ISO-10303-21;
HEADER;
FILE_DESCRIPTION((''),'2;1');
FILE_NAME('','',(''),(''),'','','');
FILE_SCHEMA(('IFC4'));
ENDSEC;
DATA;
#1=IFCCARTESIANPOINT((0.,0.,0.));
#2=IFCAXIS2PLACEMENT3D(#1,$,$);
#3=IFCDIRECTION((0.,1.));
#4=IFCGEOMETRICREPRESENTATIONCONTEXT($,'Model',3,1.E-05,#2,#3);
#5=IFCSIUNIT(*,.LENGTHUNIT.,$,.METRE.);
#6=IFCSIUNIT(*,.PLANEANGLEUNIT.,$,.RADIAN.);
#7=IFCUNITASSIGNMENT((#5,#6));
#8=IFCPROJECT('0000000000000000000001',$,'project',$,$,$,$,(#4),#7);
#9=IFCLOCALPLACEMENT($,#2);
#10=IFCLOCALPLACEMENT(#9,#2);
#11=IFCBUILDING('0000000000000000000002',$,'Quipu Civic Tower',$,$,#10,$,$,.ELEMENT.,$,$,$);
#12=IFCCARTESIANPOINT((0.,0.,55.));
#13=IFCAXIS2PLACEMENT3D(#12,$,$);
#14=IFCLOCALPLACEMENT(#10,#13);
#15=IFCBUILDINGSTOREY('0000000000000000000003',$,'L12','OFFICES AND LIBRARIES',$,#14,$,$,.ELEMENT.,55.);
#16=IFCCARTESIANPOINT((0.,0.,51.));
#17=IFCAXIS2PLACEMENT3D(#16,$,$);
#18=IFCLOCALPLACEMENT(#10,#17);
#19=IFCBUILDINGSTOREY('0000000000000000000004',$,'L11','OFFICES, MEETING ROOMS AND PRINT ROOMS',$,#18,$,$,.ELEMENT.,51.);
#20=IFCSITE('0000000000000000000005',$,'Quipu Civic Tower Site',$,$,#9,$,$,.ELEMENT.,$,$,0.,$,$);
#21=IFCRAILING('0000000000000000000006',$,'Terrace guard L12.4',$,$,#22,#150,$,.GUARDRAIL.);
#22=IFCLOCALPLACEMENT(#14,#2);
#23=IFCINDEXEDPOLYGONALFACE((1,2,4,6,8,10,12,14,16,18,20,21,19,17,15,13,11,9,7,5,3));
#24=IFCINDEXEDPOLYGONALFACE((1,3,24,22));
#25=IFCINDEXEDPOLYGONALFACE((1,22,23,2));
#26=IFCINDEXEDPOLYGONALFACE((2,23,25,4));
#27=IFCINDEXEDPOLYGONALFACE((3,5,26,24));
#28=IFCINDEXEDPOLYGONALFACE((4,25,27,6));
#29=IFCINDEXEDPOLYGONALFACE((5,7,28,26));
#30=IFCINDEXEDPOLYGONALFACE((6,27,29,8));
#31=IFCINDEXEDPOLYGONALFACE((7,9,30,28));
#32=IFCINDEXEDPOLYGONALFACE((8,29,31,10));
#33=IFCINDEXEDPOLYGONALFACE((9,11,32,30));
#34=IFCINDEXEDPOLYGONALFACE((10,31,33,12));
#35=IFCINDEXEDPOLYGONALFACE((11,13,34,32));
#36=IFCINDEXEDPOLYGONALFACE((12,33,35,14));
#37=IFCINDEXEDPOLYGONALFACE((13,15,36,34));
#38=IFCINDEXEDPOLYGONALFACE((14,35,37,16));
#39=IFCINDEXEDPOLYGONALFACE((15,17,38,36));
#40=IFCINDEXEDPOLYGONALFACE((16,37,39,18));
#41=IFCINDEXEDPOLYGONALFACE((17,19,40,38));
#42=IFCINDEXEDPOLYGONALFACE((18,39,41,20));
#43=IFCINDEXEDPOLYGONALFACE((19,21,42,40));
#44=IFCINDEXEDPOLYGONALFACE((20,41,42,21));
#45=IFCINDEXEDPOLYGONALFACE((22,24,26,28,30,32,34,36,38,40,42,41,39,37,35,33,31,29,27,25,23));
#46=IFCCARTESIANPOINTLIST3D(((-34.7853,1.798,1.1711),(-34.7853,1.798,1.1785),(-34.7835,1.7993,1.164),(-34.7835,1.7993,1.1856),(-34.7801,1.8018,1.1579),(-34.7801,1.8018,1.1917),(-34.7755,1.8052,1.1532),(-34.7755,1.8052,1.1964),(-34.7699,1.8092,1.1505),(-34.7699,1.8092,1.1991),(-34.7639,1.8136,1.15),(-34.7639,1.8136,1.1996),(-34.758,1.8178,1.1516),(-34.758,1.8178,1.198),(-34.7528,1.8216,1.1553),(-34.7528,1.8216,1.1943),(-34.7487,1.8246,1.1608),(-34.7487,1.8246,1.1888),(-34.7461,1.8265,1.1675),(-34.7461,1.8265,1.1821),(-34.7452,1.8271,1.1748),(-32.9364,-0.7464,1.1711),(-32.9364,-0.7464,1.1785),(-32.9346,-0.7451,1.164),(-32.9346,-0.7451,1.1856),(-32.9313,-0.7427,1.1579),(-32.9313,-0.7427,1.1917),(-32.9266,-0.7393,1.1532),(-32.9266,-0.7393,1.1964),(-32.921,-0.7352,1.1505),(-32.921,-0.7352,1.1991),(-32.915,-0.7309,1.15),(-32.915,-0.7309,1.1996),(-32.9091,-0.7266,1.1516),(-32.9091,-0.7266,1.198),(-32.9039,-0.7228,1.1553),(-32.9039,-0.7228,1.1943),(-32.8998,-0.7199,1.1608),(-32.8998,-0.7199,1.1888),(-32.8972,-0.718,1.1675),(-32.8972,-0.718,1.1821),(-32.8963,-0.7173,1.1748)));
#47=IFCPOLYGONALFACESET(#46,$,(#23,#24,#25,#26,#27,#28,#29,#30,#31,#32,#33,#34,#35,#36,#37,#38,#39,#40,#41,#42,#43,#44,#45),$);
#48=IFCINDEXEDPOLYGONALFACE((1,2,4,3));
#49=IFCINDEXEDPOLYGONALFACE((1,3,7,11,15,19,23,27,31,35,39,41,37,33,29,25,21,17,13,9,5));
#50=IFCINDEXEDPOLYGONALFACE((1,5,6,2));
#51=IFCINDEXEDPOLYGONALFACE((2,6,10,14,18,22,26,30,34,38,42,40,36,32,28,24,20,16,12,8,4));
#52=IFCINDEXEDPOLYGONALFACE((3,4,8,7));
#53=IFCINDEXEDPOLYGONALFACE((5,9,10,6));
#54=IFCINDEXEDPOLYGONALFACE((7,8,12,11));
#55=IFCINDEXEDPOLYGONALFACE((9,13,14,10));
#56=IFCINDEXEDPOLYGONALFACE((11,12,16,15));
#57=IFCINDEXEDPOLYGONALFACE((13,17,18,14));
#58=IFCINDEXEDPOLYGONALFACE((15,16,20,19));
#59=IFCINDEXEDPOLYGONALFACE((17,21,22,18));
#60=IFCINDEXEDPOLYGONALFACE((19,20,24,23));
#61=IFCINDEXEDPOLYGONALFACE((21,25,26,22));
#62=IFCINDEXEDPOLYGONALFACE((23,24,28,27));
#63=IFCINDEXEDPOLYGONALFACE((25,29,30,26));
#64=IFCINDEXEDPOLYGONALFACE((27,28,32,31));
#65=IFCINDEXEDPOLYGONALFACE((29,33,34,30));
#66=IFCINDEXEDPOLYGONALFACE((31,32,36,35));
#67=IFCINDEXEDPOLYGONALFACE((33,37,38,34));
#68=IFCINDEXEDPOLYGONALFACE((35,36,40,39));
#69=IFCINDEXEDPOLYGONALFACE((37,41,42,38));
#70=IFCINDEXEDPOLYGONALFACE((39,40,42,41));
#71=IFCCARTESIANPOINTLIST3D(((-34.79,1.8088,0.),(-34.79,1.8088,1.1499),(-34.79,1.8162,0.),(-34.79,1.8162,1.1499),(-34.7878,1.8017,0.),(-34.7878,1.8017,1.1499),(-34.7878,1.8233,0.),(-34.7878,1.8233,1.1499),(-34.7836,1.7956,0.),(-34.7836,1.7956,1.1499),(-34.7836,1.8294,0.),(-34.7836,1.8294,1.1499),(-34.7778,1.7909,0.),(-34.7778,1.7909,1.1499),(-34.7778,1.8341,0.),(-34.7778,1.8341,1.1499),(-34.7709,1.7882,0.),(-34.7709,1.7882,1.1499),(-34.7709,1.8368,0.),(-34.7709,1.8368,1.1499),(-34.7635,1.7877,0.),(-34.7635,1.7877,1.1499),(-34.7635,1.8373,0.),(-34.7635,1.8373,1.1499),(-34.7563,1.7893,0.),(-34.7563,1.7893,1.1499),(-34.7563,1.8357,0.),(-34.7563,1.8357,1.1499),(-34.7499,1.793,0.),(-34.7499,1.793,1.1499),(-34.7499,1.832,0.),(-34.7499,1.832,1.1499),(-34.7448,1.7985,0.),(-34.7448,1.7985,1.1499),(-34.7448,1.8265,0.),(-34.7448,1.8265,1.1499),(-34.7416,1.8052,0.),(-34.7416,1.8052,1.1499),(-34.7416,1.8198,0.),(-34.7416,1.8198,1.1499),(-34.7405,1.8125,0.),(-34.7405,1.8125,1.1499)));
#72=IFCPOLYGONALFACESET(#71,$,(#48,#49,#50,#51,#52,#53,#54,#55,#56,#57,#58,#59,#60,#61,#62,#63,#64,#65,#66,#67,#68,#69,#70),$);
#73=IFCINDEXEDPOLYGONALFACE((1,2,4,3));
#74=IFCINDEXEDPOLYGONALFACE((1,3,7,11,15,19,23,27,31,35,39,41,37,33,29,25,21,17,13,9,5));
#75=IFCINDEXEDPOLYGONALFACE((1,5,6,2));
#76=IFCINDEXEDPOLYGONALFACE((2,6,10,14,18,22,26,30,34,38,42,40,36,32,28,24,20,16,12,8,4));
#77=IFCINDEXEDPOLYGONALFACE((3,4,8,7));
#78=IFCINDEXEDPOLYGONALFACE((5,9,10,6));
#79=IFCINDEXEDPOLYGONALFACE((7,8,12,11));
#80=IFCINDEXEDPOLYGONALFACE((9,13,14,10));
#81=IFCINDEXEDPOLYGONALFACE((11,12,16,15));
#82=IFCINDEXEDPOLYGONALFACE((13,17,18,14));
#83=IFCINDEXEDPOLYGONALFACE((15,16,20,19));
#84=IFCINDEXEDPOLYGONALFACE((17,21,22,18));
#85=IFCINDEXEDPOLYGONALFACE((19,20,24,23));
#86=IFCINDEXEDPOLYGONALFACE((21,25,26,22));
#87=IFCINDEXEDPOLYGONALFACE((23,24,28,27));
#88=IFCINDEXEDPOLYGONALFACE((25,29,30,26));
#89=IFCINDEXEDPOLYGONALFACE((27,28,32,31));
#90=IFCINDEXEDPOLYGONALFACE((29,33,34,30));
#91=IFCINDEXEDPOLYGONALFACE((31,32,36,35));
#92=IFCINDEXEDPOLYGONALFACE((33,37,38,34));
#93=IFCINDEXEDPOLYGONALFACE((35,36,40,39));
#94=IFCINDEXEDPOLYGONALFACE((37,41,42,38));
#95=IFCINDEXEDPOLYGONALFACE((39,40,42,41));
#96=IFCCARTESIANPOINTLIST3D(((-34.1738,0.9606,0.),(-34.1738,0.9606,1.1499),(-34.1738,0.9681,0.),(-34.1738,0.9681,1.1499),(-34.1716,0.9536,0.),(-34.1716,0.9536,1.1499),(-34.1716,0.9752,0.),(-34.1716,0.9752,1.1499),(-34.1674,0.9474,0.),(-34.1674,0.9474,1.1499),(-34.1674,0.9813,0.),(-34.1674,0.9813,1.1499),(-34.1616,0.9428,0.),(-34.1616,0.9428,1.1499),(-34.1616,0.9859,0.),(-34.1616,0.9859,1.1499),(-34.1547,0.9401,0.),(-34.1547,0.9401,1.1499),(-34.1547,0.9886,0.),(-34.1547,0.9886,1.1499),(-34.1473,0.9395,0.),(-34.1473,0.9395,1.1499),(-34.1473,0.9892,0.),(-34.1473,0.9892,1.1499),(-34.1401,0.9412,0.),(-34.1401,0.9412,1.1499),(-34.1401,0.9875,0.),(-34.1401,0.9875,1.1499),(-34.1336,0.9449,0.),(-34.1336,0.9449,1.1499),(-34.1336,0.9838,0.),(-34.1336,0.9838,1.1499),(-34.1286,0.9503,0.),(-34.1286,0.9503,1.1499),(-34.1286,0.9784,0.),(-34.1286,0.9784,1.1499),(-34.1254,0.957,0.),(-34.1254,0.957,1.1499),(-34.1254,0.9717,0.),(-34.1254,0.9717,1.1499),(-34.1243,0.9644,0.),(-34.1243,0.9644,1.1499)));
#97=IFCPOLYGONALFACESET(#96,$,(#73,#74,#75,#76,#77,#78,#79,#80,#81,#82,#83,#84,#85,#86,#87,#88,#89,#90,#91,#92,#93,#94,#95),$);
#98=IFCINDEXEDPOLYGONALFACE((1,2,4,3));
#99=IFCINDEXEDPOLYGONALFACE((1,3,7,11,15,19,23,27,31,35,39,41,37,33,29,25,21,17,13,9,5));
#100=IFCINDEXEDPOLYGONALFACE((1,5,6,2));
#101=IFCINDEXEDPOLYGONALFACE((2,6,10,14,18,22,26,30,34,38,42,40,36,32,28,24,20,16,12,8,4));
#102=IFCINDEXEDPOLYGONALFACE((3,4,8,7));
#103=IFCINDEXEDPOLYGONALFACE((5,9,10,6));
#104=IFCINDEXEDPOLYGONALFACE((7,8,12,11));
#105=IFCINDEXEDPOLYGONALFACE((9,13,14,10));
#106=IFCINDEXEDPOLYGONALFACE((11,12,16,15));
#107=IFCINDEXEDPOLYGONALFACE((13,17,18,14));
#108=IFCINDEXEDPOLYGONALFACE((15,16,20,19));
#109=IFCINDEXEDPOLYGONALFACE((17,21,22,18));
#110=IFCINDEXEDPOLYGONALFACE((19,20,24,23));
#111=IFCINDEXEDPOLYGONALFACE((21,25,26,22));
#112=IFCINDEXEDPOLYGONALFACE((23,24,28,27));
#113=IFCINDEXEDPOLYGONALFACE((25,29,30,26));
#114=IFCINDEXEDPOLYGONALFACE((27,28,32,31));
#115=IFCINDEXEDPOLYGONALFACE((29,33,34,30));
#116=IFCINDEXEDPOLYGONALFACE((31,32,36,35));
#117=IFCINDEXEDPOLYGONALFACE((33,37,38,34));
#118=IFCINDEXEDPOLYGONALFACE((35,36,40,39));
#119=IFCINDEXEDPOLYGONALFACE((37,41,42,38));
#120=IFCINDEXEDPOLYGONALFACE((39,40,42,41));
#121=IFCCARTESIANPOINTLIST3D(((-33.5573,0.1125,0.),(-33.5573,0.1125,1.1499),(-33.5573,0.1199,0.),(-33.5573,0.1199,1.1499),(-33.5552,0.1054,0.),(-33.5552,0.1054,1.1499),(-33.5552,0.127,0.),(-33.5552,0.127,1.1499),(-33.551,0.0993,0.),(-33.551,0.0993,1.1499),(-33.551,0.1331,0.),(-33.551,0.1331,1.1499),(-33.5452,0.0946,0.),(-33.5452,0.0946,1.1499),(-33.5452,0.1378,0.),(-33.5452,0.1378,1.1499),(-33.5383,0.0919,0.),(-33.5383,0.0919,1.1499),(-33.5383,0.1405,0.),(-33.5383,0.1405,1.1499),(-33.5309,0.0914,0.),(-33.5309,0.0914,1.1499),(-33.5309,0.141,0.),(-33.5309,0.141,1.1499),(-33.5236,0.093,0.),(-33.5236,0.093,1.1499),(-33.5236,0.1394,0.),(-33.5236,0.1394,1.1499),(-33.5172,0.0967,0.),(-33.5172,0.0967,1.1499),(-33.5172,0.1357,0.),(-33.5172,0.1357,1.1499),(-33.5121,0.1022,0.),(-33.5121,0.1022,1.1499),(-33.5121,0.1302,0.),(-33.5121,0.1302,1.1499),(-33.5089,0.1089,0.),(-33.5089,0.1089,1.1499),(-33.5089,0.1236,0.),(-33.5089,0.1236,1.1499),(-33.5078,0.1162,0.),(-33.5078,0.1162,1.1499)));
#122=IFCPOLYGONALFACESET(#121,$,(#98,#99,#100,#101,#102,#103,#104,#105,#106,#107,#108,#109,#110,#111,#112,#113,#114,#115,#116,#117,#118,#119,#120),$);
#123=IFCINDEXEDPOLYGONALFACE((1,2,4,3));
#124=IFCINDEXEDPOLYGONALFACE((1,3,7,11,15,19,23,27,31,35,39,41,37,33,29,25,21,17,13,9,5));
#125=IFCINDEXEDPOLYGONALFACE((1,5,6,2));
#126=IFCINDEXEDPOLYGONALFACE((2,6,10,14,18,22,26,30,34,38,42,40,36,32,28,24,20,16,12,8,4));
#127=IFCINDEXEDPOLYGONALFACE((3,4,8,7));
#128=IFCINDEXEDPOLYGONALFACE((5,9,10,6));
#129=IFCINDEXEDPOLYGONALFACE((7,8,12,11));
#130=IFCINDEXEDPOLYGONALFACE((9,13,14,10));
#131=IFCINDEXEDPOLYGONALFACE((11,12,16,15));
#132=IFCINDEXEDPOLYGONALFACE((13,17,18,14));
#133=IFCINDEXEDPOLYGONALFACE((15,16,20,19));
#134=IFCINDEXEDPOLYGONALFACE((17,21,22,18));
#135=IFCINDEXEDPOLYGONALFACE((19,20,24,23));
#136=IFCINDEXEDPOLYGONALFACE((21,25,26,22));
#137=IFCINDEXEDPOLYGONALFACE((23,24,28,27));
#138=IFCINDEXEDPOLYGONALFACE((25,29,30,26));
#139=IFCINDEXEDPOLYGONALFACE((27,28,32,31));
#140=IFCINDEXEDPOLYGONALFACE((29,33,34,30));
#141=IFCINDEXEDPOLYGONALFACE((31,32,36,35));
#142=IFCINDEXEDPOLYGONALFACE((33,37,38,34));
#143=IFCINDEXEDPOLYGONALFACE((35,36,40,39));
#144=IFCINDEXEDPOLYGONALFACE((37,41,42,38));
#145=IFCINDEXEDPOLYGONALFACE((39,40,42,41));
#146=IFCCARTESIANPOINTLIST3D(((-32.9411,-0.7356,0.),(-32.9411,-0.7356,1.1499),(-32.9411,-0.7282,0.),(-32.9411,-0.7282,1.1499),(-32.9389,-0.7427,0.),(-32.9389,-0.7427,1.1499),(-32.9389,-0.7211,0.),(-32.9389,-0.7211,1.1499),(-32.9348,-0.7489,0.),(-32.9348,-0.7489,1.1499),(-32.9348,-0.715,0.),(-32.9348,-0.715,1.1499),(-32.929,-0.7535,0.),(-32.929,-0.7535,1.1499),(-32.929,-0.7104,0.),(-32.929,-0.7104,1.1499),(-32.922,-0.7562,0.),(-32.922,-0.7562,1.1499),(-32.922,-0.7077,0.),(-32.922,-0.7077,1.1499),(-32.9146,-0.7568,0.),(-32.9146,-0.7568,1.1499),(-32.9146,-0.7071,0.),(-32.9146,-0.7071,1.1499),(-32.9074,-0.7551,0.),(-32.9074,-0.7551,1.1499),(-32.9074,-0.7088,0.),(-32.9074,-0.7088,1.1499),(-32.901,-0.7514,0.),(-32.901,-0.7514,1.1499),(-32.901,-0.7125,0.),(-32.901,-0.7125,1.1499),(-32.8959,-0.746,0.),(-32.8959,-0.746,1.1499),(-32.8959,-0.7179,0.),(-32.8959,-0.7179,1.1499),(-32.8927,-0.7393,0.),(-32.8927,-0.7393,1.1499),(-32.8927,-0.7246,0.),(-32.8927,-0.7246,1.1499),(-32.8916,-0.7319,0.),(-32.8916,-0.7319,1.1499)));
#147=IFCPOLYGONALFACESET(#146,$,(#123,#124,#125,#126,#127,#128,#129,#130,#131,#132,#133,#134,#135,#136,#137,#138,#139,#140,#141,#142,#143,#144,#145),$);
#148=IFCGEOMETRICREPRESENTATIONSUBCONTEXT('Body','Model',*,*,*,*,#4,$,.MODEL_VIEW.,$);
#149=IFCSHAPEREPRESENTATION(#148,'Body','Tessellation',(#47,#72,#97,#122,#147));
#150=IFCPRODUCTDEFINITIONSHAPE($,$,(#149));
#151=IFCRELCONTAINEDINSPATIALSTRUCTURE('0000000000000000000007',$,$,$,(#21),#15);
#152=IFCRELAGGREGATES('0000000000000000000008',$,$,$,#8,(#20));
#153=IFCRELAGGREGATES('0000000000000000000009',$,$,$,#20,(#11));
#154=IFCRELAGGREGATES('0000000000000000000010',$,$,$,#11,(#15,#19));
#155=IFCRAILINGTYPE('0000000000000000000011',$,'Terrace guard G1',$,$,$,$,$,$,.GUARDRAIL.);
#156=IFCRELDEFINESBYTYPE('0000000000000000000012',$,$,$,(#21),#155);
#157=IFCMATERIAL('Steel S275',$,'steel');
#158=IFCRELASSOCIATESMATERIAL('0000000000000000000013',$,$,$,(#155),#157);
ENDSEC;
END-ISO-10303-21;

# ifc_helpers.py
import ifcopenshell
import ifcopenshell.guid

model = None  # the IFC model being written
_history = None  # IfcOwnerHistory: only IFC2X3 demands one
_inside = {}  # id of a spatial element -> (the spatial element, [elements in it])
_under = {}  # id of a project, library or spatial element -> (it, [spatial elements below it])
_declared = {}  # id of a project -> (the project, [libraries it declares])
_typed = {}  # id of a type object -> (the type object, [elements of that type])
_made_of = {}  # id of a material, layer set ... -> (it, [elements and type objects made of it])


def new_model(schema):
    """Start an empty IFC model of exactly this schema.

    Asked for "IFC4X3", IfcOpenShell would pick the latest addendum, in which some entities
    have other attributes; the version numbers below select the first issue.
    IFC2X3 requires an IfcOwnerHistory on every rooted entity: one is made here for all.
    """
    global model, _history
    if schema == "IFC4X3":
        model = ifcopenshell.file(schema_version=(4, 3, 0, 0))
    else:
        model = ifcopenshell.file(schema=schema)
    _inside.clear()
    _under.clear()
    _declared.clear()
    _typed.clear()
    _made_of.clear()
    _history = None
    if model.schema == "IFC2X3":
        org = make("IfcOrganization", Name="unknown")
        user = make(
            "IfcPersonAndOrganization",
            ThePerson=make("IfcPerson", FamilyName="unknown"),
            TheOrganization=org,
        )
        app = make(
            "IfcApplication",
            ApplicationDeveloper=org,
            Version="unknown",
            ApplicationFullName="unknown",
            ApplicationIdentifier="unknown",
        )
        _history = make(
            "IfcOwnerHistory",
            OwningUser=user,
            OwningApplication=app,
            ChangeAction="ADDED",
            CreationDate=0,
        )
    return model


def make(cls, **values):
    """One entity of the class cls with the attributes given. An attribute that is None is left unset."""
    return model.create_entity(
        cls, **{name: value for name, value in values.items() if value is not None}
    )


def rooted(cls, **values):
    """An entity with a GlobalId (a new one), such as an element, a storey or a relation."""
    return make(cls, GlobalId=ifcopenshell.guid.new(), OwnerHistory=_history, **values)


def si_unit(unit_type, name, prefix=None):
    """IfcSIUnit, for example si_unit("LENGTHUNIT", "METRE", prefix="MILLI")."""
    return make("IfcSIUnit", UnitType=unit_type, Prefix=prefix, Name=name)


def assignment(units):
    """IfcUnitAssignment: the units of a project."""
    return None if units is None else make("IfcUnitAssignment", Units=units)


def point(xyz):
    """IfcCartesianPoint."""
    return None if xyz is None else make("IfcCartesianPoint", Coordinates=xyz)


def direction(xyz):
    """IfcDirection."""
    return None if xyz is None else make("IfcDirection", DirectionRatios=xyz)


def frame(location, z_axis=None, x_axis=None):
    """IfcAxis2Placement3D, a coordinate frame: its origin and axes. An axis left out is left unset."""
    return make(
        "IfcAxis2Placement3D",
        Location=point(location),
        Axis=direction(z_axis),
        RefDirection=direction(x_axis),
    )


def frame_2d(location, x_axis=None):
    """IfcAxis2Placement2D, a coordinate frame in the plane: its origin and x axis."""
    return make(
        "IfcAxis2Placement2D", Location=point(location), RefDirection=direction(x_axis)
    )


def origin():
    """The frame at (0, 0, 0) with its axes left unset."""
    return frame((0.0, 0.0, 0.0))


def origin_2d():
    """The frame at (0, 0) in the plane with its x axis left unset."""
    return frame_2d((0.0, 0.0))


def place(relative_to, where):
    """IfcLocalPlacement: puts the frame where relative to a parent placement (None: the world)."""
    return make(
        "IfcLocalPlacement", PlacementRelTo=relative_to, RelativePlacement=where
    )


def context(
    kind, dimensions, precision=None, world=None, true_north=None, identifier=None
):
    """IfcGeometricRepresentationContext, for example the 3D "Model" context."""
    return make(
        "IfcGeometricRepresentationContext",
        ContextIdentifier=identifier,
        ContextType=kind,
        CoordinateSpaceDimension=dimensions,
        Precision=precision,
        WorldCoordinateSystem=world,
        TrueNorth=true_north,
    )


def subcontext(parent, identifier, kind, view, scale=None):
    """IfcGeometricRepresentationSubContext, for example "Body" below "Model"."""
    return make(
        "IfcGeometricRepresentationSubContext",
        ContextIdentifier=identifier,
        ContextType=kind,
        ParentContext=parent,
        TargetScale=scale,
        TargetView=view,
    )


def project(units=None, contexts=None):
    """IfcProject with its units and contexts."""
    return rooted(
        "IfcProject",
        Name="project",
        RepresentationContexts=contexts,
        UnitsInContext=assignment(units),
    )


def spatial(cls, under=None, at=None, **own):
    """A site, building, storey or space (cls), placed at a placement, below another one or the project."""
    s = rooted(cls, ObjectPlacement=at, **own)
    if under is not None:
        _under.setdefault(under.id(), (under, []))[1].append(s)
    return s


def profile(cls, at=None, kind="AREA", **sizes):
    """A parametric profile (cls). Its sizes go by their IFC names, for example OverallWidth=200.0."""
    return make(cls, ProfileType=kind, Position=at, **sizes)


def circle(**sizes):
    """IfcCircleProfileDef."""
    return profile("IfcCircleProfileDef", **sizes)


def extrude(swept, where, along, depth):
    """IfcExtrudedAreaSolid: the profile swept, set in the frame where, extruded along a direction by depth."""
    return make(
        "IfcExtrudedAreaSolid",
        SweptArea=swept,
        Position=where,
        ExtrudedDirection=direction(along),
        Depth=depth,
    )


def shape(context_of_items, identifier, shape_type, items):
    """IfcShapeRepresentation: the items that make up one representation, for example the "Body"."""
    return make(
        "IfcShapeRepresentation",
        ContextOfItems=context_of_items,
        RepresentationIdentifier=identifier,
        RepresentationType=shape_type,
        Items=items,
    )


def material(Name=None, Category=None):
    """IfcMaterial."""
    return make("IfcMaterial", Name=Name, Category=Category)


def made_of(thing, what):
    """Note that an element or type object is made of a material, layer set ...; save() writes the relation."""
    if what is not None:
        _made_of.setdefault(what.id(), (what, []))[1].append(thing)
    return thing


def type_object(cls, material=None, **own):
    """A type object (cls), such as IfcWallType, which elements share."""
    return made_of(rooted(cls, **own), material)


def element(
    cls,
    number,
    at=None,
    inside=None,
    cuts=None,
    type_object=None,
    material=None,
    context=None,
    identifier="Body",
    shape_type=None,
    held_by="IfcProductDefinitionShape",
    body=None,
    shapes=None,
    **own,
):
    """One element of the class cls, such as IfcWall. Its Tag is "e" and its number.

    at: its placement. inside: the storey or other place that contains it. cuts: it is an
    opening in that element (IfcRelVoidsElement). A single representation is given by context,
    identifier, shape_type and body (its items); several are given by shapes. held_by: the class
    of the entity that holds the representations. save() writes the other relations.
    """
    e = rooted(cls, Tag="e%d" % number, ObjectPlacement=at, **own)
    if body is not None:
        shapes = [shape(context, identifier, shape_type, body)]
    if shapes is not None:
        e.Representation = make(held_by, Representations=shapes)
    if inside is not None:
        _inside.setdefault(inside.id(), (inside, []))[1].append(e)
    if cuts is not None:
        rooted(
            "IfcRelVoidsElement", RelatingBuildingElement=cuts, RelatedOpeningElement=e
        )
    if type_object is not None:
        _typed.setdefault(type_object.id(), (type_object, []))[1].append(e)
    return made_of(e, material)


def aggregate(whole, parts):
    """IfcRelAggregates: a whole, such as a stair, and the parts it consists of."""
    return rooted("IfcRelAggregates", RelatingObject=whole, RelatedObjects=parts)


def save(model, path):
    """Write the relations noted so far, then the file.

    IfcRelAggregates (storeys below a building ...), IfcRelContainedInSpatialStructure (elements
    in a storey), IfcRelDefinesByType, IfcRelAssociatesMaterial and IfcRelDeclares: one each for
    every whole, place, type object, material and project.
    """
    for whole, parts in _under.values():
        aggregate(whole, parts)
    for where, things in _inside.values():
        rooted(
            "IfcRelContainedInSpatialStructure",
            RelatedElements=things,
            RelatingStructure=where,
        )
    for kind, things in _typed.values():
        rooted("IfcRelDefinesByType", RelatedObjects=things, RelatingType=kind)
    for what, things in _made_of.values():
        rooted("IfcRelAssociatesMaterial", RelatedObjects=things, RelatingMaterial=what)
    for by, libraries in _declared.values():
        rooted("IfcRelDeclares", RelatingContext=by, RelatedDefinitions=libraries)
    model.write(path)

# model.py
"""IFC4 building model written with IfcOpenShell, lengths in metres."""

from ifc_helpers import new_model, si_unit, direction, frame, origin, origin_2d, place, context, subcontext, project, spatial, circle, extrude, material, type_object, element, save


model = new_model("IFC4")

# Units and contexts
model_context = context("Model", 3, precision=1e-05, world=origin(), true_north=direction((0.0, 1.0)))
body_context = subcontext(model_context, "Body", "Model", "MODEL_VIEW")
ifc_project = project(units=[si_unit("LENGTHUNIT", "METRE"), si_unit("PLANEANGLEUNIT", "RADIAN")], contexts=[model_context])

# Site, building, storey
site_placement = place(None, origin())
site = spatial("IfcSite", under=ifc_project, at=site_placement, Name="Quipu Civic Tower Site", CompositionType="ELEMENT", RefElevation=0.0)
building_placement = place(site_placement, origin())
building = spatial("IfcBuilding", under=site, at=building_placement, Name="Quipu Civic Tower", CompositionType="ELEMENT")
storey_1_placement = place(building_placement, frame((0.0, 0.0, 55.0)))
storey_1 = spatial("IfcBuildingStorey", under=building, at=storey_1_placement, Name="L12", Description="OFFICES AND LIBRARIES", CompositionType="ELEMENT", Elevation=55.0)

# Shared definitions
storey_2_placement = place(building_placement, frame((0.0, 0.0, 51.0)))
storey_2 = spatial("IfcBuildingStorey", under=building, at=storey_2_placement, Name="L11", Description="OFFICES, MEETING ROOMS AND PRINT ROOMS", CompositionType="ELEMENT", Elevation=51.0)

# Railing
ifc_material_1 = material(Name="Steel S275", Category="steel")
railing_type = type_object("IfcRailingType", Name="Terrace guard G1", PredefinedType="GUARDRAIL", material=ifc_material_1)
railing_1_placement = place(storey_1_placement, frame((-34.7654, 1.8125, 0.0)))
element("IfcRailing", 1, at=railing_1_placement, inside=storey_1, type_object=railing_type, Name="Terrace guard L12.4", PredefinedType="GUARDRAIL", context=body_context, shape_type="SweptSolid", body=[
    extrude(circle(Radius=0.0249, at=origin_2d()), frame((0.0, 0.0, 1.1748), z_axis=(0.587835, -0.808981, 0.0), x_axis=(0.808981, 0.587835, 0.0)), (0.0, 0.0, 1.0), 3.1453),
    extrude(circle(Radius=0.0249, at=origin_2d()), origin(), (0.0, 0.0, 1.0), 1.1499),
    extrude(circle(Radius=0.0249, at=origin_2d()), frame((0.6162, -0.8481, 0.0)), (0.0, 0.0, 1.0), 1.1499),
    extrude(circle(Radius=0.0249, at=origin_2d()), frame((1.2327, -1.6963, 0.0)), (0.0, 0.0, 1.0), 1.1499),
    extrude(circle(Radius=0.0249, at=origin_2d()), frame((1.8489, -2.5444, 0.0)), (0.0, 0.0, 1.0), 1.1499),
])

save(model, "model.ifc")
